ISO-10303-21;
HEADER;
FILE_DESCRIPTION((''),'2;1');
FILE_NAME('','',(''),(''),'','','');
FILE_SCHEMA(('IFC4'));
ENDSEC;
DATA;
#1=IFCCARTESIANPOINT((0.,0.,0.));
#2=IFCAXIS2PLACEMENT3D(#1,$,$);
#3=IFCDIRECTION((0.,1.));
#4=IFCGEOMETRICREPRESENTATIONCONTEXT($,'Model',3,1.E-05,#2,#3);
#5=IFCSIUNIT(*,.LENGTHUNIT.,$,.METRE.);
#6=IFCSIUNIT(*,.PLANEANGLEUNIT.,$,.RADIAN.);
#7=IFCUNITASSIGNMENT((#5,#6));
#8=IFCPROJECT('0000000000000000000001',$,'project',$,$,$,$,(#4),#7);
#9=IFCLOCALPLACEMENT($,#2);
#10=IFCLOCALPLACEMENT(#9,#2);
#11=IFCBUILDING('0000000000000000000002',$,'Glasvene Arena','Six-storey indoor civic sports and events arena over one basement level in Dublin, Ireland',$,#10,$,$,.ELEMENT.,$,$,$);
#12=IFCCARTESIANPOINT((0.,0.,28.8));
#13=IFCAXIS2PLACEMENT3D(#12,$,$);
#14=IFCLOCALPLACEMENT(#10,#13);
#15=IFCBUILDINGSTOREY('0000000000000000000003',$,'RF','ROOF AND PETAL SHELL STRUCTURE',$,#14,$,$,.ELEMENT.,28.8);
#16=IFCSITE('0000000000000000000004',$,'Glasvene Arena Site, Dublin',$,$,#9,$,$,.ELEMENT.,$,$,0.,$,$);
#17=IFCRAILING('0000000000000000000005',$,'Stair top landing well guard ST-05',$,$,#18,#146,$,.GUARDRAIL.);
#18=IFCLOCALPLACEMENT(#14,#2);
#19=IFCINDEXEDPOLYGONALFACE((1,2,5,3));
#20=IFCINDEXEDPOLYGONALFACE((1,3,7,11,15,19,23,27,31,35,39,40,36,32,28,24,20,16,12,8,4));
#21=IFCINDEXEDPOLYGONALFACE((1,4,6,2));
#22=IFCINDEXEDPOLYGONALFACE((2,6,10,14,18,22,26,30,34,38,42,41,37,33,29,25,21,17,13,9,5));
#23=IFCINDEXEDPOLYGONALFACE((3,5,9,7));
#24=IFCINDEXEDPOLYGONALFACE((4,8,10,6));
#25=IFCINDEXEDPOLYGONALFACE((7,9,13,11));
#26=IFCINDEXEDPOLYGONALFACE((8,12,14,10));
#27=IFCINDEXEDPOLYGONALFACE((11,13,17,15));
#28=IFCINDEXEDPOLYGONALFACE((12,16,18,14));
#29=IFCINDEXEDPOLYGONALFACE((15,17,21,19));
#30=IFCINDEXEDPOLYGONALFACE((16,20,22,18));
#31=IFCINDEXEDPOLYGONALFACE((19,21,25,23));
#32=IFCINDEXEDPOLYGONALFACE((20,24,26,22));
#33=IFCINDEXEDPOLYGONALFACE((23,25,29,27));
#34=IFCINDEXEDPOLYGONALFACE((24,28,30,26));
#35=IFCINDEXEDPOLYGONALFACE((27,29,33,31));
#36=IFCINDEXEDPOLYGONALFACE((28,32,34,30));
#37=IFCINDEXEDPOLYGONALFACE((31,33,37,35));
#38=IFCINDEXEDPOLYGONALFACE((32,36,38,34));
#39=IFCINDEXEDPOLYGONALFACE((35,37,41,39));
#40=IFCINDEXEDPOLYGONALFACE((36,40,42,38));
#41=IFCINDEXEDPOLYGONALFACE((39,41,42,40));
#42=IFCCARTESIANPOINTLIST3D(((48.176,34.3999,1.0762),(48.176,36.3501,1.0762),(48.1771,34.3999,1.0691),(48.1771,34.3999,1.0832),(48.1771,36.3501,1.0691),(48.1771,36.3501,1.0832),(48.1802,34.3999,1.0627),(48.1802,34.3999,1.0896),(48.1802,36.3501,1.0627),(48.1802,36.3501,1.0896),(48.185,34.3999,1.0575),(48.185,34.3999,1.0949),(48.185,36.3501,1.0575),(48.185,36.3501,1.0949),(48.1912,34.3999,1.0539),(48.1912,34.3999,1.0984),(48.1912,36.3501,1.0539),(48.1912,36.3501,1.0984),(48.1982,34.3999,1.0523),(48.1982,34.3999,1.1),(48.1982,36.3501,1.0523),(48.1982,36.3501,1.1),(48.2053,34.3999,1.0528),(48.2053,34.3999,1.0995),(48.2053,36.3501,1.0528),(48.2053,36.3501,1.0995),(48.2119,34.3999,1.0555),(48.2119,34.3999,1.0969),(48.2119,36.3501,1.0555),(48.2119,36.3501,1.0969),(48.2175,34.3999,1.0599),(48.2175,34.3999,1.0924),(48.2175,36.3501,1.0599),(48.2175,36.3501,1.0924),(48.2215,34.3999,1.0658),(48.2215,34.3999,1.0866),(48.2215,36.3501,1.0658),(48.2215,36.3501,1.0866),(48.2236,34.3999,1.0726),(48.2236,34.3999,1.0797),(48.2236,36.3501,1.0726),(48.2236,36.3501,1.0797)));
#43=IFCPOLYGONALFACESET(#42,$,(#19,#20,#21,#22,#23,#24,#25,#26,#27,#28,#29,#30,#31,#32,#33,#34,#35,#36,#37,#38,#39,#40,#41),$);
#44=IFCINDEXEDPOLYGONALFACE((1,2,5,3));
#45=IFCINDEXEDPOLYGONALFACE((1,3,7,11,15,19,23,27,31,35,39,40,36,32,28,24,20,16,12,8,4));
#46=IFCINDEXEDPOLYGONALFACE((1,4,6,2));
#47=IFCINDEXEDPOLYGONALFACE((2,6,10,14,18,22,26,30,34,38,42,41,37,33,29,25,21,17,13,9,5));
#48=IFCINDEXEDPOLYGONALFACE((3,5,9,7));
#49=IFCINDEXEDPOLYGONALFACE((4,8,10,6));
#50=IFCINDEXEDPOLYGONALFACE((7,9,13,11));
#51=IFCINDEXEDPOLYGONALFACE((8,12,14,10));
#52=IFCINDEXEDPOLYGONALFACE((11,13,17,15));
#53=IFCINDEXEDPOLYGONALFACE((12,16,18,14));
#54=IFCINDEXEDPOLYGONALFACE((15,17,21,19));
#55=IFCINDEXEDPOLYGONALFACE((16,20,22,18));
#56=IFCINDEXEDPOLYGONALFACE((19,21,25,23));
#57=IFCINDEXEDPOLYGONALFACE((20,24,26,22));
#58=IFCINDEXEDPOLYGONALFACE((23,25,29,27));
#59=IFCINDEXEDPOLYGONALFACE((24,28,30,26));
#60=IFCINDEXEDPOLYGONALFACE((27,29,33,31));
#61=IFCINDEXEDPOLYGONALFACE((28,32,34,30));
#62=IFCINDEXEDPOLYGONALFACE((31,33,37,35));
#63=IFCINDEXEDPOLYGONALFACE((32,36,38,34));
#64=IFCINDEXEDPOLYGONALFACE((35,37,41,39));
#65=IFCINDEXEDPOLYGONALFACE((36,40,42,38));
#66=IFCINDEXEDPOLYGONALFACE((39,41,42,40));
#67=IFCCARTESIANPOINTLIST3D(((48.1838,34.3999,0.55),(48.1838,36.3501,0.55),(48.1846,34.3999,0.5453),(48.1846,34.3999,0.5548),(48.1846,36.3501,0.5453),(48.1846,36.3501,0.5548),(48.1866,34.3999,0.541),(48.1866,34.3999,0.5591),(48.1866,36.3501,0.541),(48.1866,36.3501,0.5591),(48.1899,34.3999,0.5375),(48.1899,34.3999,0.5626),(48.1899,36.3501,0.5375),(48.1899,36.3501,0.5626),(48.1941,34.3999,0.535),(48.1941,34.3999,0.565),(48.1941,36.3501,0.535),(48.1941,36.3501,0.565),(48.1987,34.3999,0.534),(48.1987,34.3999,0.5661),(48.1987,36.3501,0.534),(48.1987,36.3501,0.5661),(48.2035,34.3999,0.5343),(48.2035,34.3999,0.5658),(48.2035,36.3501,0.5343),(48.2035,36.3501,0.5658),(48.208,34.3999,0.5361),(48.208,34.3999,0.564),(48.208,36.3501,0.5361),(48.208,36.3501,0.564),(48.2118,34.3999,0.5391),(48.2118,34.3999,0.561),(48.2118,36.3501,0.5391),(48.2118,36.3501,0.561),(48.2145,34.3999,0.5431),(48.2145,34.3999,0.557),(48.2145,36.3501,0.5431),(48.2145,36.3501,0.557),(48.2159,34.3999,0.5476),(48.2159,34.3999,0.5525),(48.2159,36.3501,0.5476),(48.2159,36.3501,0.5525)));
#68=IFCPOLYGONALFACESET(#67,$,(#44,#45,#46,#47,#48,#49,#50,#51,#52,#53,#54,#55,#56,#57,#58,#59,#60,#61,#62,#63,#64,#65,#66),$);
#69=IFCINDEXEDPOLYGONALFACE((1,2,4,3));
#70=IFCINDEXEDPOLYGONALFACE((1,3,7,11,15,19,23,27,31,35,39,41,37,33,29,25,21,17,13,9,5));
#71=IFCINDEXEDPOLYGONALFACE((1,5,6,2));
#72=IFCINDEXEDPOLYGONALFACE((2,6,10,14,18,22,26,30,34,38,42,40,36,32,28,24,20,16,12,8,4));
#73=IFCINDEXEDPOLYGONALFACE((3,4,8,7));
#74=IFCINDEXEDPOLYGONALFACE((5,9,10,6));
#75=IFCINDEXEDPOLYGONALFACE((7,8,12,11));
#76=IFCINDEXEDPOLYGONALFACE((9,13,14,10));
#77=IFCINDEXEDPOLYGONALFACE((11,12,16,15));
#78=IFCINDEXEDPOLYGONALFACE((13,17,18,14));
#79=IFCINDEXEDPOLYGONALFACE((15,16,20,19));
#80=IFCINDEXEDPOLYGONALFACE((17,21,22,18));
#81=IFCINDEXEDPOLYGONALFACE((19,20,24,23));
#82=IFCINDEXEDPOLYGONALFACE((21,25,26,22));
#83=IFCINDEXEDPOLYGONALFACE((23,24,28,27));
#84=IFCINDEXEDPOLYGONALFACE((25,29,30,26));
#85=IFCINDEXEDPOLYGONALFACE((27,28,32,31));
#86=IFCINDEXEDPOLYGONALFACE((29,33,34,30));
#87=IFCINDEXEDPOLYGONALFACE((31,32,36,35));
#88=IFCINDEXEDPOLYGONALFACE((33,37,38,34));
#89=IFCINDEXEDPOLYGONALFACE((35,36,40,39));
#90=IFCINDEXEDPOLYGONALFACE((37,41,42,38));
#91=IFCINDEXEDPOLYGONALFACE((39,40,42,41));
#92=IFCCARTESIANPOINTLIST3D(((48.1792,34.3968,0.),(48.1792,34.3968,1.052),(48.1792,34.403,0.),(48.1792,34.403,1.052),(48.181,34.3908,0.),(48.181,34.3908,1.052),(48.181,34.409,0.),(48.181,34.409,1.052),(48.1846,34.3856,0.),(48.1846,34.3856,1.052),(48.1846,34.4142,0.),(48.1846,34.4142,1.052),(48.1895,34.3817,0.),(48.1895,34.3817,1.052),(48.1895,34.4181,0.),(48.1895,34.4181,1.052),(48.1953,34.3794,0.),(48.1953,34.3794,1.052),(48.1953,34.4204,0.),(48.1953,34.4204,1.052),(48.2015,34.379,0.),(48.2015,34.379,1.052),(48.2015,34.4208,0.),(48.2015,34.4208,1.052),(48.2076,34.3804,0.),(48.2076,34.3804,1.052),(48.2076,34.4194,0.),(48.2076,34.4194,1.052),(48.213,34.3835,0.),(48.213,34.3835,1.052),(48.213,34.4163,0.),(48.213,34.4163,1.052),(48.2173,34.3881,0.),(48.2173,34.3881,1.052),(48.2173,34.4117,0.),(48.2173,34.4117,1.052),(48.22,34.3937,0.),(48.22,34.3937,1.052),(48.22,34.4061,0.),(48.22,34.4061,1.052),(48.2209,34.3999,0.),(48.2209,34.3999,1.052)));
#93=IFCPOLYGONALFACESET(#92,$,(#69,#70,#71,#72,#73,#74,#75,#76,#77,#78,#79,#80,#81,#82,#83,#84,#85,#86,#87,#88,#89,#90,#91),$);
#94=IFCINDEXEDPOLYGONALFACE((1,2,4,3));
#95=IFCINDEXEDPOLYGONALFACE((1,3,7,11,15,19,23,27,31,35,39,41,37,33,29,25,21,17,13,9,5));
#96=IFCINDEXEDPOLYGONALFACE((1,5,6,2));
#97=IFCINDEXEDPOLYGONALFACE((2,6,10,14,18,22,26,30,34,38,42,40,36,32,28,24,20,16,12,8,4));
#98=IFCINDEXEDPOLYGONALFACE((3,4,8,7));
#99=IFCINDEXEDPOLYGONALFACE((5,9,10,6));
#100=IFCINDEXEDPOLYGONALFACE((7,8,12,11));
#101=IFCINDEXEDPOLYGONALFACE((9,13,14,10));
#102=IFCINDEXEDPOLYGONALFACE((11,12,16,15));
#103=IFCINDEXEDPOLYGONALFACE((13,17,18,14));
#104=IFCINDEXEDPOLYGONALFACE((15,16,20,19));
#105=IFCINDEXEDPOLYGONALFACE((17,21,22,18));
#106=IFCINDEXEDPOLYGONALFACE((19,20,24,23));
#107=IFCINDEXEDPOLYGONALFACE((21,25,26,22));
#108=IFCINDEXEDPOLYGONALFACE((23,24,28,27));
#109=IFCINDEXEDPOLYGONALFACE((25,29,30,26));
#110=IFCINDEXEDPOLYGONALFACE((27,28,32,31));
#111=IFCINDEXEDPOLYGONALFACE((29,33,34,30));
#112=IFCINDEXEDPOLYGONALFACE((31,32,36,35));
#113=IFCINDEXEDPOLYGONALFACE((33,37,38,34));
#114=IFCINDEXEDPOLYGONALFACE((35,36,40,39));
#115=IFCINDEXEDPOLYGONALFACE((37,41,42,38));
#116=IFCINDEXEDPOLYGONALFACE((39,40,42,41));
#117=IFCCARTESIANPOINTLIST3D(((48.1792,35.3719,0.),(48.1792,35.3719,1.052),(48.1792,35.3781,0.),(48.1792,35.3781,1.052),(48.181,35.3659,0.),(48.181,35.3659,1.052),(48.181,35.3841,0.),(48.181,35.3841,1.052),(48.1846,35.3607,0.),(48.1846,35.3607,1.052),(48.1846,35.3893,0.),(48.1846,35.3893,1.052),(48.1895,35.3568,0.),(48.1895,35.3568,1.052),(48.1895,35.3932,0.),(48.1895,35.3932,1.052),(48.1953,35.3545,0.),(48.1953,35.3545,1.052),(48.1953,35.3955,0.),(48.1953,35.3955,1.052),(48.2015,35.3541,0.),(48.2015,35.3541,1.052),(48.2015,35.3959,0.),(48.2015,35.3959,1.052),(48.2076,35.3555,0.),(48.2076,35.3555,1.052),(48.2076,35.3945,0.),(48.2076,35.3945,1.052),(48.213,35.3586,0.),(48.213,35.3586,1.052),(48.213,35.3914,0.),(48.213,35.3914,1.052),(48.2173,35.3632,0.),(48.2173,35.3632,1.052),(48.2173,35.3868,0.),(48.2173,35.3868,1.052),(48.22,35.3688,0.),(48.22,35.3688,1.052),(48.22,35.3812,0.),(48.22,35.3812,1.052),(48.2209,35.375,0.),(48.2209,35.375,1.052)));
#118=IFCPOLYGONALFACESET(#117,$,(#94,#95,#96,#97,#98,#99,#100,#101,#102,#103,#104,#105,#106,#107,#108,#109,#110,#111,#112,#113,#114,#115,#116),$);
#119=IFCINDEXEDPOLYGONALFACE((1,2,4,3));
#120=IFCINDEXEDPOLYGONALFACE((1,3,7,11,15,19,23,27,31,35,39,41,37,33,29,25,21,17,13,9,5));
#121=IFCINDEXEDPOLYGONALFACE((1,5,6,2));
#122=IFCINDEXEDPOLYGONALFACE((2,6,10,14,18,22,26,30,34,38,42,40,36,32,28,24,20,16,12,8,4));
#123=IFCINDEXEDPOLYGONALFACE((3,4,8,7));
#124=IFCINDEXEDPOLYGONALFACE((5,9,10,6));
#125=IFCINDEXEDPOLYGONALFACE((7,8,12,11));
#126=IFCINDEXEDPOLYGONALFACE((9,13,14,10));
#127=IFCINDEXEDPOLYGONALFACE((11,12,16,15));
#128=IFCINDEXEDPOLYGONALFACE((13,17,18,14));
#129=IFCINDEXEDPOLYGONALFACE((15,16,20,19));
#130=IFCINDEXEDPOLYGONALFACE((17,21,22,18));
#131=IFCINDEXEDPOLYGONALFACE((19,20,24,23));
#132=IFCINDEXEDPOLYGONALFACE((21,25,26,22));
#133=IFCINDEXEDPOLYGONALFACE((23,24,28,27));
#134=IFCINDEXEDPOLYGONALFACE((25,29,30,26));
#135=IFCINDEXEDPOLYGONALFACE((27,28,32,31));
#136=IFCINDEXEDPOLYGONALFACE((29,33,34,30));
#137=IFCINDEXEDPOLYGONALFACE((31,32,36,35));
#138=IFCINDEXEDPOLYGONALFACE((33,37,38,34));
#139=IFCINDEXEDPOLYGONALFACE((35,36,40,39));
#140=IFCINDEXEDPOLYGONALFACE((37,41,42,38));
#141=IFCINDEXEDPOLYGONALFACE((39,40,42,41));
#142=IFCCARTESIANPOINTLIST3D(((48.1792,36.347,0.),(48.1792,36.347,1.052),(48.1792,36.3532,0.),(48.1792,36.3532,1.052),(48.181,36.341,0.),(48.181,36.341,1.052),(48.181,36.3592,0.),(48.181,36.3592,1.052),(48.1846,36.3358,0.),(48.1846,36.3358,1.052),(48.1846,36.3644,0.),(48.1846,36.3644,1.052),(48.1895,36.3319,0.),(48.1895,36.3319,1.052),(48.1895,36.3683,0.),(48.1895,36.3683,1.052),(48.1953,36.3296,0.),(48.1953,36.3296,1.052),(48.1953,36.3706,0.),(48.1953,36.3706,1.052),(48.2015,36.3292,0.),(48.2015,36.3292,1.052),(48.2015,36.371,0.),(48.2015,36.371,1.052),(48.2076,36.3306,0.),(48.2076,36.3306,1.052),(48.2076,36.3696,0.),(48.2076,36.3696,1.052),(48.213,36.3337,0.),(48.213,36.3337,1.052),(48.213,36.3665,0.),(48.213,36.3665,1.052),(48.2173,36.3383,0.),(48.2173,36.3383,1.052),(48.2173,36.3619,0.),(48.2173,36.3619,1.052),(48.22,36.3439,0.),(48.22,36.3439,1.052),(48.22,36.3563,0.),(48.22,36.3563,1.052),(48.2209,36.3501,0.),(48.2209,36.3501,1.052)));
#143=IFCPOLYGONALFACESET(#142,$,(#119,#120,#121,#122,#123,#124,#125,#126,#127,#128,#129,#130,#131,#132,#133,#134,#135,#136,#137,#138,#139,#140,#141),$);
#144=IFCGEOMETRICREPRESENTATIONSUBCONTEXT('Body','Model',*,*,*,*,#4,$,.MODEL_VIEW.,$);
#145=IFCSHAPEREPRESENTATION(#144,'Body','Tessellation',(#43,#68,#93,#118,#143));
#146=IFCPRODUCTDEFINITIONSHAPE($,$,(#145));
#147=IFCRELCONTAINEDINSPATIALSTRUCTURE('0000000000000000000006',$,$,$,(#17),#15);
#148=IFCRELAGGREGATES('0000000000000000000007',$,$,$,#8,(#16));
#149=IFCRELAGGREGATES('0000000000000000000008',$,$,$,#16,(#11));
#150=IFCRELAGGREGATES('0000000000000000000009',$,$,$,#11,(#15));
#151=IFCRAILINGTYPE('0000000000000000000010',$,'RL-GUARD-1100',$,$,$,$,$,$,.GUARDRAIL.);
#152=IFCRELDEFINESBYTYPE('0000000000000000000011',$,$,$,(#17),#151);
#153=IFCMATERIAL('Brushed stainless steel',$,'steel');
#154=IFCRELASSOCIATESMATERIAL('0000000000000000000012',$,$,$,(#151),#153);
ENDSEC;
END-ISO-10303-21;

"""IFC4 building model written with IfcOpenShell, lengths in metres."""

from ifc_helpers import new_model, si_unit, direction, frame, origin, origin_2d, place, context, subcontext, project, spatial, circle, extrude, material, type_object, element, save


model = new_model("IFC4")

# Units and contexts
model_context = context("Model", 3, precision=1e-05, world=origin(), true_north=direction((0.0, 1.0)))
body_context = subcontext(model_context, "Body", "Model", "MODEL_VIEW")
ifc_project = project(units=[si_unit("LENGTHUNIT", "METRE"), si_unit("PLANEANGLEUNIT", "RADIAN")], contexts=[model_context])

# Site, building, storey
site_placement = place(None, origin())
site = spatial("IfcSite", under=ifc_project, at=site_placement, Name="Glasvene Arena Site, Dublin", CompositionType="ELEMENT", RefElevation=0.0)
building_placement = place(site_placement, origin())
building = spatial("IfcBuilding", under=site, at=building_placement, Name="Glasvene Arena", Description="Six-storey indoor civic sports and events arena over one basement level in Dublin, Ireland", CompositionType="ELEMENT")
storey_placement = place(building_placement, frame((0.0, 0.0, 28.8)))
storey = spatial("IfcBuildingStorey", under=building, at=storey_placement, Name="RF", Description="ROOF AND PETAL SHELL STRUCTURE", CompositionType="ELEMENT", Elevation=28.8)

# Railing
ifc_material_1 = material(Name="Brushed stainless steel", Category="steel")
railing_type = type_object("IfcRailingType", Name="RL-GUARD-1100", PredefinedType="GUARDRAIL", material=ifc_material_1)
railing_placement = place(storey_placement, frame((48.2, 34.3999, 0.0)))
element("IfcRailing", 1, at=railing_placement, inside=storey, type_object=railing_type, Name="Stair top landing well guard ST-05", PredefinedType="GUARDRAIL", context=body_context, shape_type="SweptSolid", body=[
    extrude(circle(Radius=0.0239, at=origin_2d()), frame((0.0, 0.0, 1.0762), z_axis=(0.0, 1.0, 0.0), x_axis=(-1.0, 0.0, 0.0)), (0.0, 0.0, 1.0), 1.9502),
    extrude(circle(Radius=0.0161, at=origin_2d()), frame((0.0, 0.0, 0.55), z_axis=(0.0, 1.0, 0.0), x_axis=(-1.0, 0.0, 0.0)), (0.0, 0.0, 1.0), 1.9502),
    extrude(circle(Radius=0.021, at=origin_2d()), origin(), (0.0, 0.0, 1.0), 1.052),
    extrude(circle(Radius=0.021, at=origin_2d()), frame((0.0, 0.9751, 0.0)), (0.0, 0.0, 1.0), 1.052),
    extrude(circle(Radius=0.021, at=origin_2d()), frame((0.0, 1.9502, 0.0)), (0.0, 0.0, 1.0), 1.052),
])

save(model, "model.ifc")
